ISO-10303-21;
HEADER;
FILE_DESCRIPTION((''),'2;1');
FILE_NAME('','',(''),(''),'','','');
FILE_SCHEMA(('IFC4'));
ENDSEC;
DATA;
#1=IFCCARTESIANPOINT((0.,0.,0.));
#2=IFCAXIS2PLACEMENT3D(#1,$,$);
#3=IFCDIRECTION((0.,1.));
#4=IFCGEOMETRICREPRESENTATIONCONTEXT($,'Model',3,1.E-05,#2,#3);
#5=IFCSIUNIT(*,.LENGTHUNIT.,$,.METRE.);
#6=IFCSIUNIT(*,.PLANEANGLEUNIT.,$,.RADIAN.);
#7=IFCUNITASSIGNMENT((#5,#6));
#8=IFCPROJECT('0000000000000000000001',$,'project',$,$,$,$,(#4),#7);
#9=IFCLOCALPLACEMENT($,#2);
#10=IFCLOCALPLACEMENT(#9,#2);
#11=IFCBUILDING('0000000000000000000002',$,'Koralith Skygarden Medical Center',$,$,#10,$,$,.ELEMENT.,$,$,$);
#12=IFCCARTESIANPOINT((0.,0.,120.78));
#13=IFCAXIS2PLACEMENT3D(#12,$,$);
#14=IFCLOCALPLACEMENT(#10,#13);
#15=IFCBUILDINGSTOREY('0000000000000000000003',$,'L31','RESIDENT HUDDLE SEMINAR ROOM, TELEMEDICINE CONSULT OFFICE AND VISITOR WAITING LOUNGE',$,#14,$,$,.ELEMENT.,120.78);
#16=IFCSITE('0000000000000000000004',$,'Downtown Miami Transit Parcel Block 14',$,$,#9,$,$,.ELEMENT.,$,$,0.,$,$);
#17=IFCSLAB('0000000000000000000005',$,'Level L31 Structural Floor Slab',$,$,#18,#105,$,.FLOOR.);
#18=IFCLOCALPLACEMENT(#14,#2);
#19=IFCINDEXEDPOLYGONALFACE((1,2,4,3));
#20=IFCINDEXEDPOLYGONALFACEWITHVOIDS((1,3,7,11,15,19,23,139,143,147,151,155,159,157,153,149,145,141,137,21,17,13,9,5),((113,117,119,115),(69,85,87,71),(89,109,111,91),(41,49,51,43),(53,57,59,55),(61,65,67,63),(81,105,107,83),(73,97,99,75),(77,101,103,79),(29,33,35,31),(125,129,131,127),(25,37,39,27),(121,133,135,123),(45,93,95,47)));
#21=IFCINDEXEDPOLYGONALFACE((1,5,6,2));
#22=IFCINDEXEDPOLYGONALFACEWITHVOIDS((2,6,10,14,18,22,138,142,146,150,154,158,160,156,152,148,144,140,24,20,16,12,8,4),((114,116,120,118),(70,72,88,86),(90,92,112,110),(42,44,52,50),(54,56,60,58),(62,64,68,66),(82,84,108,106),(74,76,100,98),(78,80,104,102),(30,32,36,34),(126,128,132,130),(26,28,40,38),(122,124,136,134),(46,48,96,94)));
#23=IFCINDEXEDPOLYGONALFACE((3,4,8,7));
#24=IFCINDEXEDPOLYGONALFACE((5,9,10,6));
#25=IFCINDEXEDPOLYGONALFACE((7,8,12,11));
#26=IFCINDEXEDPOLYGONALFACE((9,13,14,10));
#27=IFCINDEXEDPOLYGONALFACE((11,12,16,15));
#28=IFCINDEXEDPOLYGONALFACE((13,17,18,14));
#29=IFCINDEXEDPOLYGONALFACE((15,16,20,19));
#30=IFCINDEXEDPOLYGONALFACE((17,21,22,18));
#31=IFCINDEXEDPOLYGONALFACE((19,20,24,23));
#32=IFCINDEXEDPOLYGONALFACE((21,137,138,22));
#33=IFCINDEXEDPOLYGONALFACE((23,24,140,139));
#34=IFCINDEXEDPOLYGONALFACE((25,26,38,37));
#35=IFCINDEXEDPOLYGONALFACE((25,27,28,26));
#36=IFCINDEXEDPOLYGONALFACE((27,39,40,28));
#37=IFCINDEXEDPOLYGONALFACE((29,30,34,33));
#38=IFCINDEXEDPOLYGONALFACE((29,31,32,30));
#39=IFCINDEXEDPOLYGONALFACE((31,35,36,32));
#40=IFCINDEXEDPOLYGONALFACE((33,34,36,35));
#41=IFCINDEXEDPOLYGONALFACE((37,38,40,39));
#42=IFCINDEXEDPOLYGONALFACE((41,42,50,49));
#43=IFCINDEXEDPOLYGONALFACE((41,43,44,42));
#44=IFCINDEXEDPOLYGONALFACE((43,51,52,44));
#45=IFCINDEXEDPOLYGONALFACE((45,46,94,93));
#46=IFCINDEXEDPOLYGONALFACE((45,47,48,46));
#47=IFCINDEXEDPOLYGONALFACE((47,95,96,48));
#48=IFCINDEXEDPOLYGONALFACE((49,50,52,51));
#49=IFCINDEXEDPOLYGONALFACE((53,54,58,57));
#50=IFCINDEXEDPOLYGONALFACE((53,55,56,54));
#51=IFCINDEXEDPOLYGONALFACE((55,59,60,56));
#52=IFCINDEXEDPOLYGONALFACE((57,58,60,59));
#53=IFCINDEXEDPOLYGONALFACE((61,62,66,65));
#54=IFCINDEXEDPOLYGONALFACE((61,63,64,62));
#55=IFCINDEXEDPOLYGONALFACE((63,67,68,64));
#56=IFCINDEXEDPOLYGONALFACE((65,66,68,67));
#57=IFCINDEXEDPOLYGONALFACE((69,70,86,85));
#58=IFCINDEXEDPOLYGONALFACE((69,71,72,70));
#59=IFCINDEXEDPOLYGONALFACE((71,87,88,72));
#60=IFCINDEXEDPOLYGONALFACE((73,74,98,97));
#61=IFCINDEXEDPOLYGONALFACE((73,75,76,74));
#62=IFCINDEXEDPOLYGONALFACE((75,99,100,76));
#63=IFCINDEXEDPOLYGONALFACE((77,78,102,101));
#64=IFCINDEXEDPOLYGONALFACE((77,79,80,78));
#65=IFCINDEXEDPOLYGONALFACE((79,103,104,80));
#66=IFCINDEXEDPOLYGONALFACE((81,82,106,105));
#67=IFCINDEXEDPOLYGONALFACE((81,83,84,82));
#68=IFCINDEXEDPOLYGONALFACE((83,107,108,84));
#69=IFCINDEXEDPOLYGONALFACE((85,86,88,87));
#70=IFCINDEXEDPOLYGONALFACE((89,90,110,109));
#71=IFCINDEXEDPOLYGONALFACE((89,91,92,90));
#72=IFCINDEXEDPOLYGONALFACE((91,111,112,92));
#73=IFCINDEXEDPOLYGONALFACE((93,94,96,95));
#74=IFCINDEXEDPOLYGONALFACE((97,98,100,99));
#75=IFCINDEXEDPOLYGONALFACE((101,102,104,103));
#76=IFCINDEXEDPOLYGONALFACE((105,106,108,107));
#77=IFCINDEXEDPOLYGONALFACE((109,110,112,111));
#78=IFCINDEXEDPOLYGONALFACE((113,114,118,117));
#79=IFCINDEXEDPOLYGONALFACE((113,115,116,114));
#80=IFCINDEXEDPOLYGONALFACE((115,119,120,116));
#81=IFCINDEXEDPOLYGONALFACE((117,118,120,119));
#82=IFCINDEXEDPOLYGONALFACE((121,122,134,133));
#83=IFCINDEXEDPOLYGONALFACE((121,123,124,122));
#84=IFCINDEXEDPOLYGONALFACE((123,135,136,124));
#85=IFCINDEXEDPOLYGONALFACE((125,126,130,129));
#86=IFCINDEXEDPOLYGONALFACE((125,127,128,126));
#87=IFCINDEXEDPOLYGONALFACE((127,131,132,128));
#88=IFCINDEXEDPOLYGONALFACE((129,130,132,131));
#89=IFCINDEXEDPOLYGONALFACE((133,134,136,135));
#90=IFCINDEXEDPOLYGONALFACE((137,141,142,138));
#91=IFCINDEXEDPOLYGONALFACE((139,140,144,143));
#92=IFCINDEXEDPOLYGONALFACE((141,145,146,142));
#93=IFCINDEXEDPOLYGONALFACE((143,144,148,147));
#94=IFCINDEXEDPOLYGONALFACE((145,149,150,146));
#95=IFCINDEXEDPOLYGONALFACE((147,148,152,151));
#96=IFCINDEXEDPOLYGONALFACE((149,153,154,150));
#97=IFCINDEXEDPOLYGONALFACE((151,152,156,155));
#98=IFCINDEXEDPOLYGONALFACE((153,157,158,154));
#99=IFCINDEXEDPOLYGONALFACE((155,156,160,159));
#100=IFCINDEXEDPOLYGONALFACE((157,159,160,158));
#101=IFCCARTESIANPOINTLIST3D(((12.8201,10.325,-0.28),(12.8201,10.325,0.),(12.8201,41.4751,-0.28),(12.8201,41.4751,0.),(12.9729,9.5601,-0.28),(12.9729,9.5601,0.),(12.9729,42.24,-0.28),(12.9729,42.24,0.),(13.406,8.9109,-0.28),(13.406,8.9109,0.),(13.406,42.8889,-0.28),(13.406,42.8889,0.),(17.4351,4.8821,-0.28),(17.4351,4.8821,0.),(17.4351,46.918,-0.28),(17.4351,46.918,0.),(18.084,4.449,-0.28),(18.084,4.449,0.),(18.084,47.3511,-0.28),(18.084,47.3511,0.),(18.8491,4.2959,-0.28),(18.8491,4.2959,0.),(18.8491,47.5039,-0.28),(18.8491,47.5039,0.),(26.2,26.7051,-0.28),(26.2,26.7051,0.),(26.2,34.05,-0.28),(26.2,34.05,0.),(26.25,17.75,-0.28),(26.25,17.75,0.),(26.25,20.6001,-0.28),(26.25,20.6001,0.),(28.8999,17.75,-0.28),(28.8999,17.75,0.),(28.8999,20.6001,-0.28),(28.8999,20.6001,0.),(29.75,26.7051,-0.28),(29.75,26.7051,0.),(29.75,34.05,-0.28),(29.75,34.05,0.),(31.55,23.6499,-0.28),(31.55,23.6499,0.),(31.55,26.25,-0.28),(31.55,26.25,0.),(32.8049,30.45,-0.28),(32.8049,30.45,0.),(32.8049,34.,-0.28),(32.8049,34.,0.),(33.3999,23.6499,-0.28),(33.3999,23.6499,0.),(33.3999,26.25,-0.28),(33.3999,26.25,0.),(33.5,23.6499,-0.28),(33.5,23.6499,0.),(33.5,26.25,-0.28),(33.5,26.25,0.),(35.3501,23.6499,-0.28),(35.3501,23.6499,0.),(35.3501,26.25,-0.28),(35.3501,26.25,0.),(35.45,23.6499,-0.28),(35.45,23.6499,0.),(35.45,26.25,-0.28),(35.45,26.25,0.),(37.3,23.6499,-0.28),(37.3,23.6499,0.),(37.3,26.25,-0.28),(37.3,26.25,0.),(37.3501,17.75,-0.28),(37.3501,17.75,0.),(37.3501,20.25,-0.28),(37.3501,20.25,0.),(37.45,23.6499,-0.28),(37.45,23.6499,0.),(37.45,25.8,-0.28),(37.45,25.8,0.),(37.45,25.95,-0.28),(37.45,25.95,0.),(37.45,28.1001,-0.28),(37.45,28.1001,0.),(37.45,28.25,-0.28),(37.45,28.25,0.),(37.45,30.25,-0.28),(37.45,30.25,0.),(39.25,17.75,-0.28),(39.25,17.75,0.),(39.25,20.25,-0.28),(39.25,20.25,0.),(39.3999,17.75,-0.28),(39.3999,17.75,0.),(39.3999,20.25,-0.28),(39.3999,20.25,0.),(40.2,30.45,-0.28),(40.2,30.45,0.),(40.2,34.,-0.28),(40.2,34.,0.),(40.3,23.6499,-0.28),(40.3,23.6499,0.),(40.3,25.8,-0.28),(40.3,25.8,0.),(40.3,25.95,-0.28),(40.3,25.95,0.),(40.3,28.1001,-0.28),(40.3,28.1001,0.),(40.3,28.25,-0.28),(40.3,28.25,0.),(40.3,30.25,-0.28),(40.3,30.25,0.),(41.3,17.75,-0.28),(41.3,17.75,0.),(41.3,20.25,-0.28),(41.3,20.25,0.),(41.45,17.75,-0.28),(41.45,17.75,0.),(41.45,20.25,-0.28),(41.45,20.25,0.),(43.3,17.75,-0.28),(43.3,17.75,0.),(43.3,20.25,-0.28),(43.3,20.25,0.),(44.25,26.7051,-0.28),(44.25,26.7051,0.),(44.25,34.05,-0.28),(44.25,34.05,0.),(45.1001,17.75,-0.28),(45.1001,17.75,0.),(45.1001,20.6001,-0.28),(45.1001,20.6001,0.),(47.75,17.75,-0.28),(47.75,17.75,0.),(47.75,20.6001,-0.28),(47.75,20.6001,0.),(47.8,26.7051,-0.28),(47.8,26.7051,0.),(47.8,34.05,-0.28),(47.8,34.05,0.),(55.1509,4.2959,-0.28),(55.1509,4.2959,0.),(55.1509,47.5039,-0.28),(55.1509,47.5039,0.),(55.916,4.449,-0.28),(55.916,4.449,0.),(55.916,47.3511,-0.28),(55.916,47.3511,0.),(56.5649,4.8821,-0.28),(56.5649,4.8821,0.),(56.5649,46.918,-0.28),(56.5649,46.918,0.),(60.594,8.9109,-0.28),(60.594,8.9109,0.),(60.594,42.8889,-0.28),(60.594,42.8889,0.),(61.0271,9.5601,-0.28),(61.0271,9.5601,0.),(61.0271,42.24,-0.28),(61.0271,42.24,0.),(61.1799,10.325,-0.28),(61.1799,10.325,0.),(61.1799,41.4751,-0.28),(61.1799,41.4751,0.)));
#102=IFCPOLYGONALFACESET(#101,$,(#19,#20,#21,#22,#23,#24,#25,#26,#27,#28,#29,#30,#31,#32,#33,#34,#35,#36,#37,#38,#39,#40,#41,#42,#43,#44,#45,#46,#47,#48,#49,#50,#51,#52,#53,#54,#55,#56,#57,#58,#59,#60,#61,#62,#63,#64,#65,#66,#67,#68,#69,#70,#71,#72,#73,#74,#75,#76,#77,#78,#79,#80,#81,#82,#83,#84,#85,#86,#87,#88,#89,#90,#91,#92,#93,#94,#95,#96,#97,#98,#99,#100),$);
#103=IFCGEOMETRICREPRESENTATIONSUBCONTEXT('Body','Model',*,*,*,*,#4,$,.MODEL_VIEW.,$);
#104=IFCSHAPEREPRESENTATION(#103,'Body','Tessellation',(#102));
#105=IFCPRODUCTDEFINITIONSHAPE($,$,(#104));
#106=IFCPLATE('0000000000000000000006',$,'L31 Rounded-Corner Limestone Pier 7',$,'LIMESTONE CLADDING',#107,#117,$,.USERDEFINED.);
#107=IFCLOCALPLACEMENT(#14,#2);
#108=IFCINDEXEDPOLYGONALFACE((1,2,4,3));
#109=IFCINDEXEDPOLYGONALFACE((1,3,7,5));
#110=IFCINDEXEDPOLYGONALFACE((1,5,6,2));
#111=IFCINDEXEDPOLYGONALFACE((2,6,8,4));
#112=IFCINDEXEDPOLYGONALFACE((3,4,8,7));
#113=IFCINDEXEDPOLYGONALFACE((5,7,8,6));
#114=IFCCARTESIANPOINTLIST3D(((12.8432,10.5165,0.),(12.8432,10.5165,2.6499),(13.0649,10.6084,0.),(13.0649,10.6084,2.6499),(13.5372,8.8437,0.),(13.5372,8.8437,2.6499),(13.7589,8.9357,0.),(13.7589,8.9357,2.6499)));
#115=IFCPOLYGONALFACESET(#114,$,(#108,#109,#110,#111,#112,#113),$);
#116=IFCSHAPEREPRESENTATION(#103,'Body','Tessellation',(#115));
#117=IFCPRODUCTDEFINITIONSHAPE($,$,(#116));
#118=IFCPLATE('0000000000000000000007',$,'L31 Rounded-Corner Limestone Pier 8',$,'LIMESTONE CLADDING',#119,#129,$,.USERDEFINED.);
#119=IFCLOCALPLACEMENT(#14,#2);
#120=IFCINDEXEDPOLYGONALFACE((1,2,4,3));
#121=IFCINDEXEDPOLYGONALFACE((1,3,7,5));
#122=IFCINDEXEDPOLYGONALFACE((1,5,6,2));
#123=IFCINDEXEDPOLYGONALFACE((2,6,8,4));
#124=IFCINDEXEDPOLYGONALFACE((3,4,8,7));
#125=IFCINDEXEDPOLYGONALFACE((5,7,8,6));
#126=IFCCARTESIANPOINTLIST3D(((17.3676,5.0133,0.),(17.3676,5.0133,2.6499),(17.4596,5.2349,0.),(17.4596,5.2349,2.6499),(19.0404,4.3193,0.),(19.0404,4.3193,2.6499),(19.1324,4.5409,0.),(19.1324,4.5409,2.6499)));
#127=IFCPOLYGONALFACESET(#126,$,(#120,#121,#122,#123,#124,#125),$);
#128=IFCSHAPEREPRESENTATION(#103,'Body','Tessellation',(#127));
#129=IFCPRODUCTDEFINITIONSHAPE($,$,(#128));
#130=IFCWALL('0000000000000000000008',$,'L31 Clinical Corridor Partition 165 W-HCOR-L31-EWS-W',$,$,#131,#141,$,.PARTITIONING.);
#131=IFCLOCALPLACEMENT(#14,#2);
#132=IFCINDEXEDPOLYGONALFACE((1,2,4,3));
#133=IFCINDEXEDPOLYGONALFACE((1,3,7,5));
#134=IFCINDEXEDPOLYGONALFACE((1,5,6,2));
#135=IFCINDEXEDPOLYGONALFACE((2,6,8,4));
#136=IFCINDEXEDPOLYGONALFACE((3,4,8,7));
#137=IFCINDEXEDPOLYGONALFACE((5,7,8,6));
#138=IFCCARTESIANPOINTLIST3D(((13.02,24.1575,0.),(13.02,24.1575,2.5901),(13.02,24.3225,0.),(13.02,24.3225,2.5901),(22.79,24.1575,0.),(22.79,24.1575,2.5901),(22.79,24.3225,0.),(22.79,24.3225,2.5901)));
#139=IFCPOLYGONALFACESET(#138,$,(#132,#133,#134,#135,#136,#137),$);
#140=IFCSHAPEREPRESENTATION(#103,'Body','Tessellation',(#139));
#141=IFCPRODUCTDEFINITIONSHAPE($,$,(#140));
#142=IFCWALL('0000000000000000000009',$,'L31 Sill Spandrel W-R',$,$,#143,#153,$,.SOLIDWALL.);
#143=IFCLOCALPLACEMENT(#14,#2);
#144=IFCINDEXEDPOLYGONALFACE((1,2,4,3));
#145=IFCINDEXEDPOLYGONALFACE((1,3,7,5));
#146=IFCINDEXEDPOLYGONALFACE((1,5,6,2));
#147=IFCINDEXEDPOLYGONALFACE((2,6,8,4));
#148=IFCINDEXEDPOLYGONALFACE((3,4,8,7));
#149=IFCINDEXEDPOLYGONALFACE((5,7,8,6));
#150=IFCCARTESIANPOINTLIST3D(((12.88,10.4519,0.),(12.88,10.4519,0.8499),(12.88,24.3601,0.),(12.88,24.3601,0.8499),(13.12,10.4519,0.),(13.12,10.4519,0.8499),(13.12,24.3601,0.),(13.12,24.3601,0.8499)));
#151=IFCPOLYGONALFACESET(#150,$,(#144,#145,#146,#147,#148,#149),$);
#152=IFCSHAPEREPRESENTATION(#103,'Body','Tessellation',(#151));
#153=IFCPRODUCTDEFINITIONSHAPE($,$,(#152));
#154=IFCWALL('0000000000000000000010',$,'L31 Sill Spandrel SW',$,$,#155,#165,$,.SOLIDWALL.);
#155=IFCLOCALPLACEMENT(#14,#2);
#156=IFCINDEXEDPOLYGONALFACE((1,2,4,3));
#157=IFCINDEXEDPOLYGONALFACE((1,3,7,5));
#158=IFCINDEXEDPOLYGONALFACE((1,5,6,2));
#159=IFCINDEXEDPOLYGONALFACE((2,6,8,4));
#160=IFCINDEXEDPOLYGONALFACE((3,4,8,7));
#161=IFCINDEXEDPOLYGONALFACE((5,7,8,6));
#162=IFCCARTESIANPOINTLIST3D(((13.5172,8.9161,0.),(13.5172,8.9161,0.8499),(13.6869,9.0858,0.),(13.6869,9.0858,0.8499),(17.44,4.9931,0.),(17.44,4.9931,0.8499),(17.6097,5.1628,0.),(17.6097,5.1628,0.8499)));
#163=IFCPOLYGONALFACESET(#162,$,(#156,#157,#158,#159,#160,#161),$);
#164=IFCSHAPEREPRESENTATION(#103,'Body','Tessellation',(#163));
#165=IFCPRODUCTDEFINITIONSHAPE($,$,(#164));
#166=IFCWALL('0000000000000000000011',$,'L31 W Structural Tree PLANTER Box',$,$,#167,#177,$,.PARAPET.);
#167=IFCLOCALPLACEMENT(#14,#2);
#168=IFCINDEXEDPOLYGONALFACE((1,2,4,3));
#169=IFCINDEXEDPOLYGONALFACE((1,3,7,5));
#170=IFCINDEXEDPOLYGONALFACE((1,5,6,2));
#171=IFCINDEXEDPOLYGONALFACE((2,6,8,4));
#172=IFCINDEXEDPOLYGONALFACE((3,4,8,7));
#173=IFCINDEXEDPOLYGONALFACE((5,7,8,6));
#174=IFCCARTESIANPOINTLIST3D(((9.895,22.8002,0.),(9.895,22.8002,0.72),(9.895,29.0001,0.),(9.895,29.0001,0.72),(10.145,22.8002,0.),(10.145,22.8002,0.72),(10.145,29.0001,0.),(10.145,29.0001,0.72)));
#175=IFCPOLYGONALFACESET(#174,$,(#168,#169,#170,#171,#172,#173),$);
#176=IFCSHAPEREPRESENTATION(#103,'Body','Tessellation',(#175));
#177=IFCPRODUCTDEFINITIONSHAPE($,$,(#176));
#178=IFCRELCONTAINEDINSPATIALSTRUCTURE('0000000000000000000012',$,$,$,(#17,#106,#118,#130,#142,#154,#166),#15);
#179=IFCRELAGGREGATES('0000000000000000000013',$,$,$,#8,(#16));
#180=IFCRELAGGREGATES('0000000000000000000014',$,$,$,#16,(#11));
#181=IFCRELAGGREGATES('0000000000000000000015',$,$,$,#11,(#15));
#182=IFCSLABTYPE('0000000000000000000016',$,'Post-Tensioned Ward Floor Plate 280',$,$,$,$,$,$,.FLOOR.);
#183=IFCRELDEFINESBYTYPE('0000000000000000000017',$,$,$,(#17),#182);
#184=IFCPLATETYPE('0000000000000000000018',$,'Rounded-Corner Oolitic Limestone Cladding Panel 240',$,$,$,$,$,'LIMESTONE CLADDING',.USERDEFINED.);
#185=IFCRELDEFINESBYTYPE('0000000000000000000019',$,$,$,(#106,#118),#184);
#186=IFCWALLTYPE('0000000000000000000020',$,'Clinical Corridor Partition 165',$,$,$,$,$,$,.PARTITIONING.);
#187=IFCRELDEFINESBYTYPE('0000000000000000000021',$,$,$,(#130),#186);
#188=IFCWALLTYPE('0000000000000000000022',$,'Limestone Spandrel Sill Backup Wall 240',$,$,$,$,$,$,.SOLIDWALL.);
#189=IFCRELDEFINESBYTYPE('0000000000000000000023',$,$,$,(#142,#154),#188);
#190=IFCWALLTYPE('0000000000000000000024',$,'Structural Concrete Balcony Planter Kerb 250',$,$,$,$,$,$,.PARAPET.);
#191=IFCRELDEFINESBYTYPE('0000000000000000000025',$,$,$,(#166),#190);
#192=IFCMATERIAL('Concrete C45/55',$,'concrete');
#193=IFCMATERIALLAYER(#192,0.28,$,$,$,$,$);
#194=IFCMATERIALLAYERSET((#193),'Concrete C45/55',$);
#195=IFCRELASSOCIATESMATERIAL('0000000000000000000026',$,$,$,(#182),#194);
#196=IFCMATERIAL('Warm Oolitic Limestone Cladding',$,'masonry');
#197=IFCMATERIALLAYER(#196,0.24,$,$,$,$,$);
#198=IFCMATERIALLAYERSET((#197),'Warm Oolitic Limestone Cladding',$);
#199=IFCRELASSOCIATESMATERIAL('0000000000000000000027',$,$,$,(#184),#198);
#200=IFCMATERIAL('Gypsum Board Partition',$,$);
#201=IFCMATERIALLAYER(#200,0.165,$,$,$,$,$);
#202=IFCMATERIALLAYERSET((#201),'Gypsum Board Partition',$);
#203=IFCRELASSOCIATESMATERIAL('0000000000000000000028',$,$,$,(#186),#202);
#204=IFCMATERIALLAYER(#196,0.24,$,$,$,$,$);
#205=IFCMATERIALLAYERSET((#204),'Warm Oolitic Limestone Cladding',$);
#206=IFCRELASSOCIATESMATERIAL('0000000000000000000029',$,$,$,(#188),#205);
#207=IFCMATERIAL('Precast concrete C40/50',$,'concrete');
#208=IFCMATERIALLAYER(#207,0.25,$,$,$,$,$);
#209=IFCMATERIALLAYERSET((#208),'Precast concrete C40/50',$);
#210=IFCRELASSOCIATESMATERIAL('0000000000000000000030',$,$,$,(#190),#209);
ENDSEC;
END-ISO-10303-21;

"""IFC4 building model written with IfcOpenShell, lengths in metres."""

from ifc_helpers import new_model, si_unit, direction, frame, frame_2d, origin, origin_2d, place, context, subcontext, project, spatial, polyline, rectangle, outline, extrude, material, layer, layer_set, type_object, element, save


model = new_model("IFC4")

# Units and contexts
model_context = context("Model", 3, precision=1e-05, world=origin(), true_north=direction((0.0, 1.0)))
body_context = subcontext(model_context, "Body", "Model", "MODEL_VIEW")
ifc_project = project(units=[si_unit("LENGTHUNIT", "METRE"), si_unit("PLANEANGLEUNIT", "RADIAN")], contexts=[model_context])

# Site, building, storey
site_placement = place(None, origin())
site = spatial("IfcSite", under=ifc_project, at=site_placement, Name="Downtown Miami Transit Parcel Block 14", CompositionType="ELEMENT", RefElevation=0.0)
building_placement = place(site_placement, origin())
building = spatial("IfcBuilding", under=site, at=building_placement, Name="Koralith Skygarden Medical Center", CompositionType="ELEMENT")
storey_placement = place(building_placement, frame((0.0, 0.0, 120.78)))
storey = spatial("IfcBuildingStorey", under=building, at=storey_placement, Name="L31", Description="RESIDENT HUDDLE SEMINAR ROOM, TELEMEDICINE CONSULT OFFICE AND VISITOR WAITING LOUNGE", CompositionType="ELEMENT", Elevation=120.78)

# Shared definitions
ifc_material_1 = material(Name="Concrete C45/55", Category="concrete")

# Slab
ifc_layer_1 = layer(ifc_material_1, 0.28)
ifc_layer_set_1 = layer_set([ifc_layer_1], Name="Concrete C45/55")
slab_type_1 = type_object("IfcSlabType", Name="Post-Tensioned Ward Floor Plate 280", PredefinedType="FLOOR", material=ifc_layer_set_1)
slab_1_placement = place(storey_placement, frame((0.0, 0.0, -0.28)))
element("IfcSlab", 1, at=slab_1_placement, inside=storey, type_object=slab_type_1, Name="Level L31 Structural Floor Slab", PredefinedType="FLOOR", context=body_context, shape_type="SweptSolid", body=[
    extrude(outline(polyline([(17.4351, 4.8821), (18.084, 4.449), (18.8491, 4.2959), (55.1509, 4.2959), (55.916, 4.449), (56.5649, 4.8821), (60.594, 8.9109), (61.0271, 9.5601), (61.1799, 10.325), (61.1799, 41.4751), (61.0271, 42.24), (60.594, 42.8889), (56.5649, 46.918), (55.916, 47.3511), (55.1509, 47.5039), (18.8491, 47.5039), (18.084, 47.3511), (17.4351, 46.918), (13.406, 42.8889), (12.9729, 42.24), (12.8201, 41.4751), (12.8201, 10.325), (12.9729, 9.5601), (13.406, 8.9109), (17.4351, 4.8821)]), holes=[polyline([(26.2, 26.7051), (29.75, 26.7051), (29.75, 34.05), (26.2, 34.05), (26.2, 26.7051)]), polyline([(44.25, 26.7051), (47.8, 26.7051), (47.8, 34.05), (44.25, 34.05), (44.25, 26.7051)]), polyline([(32.8049, 30.45), (40.2, 30.45), (40.2, 34.0), (32.8049, 34.0), (32.8049, 30.45)]), polyline([(26.25, 17.75), (28.8999, 17.75), (28.8999, 20.6001), (26.25, 20.6001), (26.25, 17.75)]), polyline([(45.1001, 17.75), (47.75, 17.75), (47.75, 20.6001), (45.1001, 20.6001), (45.1001, 17.75)]), polyline([(37.3501, 17.75), (39.25, 17.75), (39.25, 20.25), (37.3501, 20.25), (37.3501, 17.75)]), polyline([(39.3999, 17.75), (41.3, 17.75), (41.3, 20.25), (39.3999, 20.25), (39.3999, 17.75)]), polyline([(41.45, 17.75), (43.3, 17.75), (43.3, 20.25), (41.45, 20.25), (41.45, 17.75)]), polyline([(31.55, 23.6499), (33.3999, 23.6499), (33.3999, 26.25), (31.55, 26.25), (31.55, 23.6499)]), polyline([(33.5, 23.6499), (35.3501, 23.6499), (35.3501, 26.25), (33.5, 26.25), (33.5, 23.6499)]), polyline([(35.45, 23.6499), (37.3, 23.6499), (37.3, 26.25), (35.45, 26.25), (35.45, 23.6499)]), polyline([(37.45, 23.6499), (40.3, 23.6499), (40.3, 25.8), (37.45, 25.8), (37.45, 23.6499)]), polyline([(37.45, 25.95), (40.3, 25.95), (40.3, 28.1001), (37.45, 28.1001), (37.45, 25.95)]), polyline([(37.45, 28.25), (40.3, 28.25), (40.3, 30.25), (37.45, 30.25), (37.45, 28.25)])]), origin(), (0.0, 0.0, 1.0), 0.28),
])

# Plates
ifc_material_2 = material(Name="Warm Oolitic Limestone Cladding", Category="masonry")
ifc_layer_2 = layer(ifc_material_2, 0.24)
ifc_layer_set_2 = layer_set([ifc_layer_2], Name="Warm Oolitic Limestone Cladding")
plate_type_1 = type_object("IfcPlateType", Name="Rounded-Corner Oolitic Limestone Cladding Panel 240", ElementType="LIMESTONE CLADDING", PredefinedType="USERDEFINED", material=ifc_layer_set_2)
for number, where, z_axis, x_axis, name in (
    (2, (13.301, 9.7261, 0.0), (0.0, 0.0, 1.0), (0.383214, -0.92366, 0.0), "L31 Rounded-Corner Limestone Pier 7"),
    (3, (18.25, 4.7771, 0.0), (0.0, 0.0, 1.0), (0.92366, -0.383214, 0.0), "L31 Rounded-Corner Limestone Pier 8"),
):
    element("IfcPlate", number, at=place(storey_placement, frame(where, z_axis=z_axis, x_axis=x_axis)), inside=storey, type_object=plate_type_1, Name=name, ObjectType="LIMESTONE CLADDING", PredefinedType="USERDEFINED", context=body_context, shape_type="SweptSolid", body=[
        extrude(rectangle(XDim=1.811, YDim=0.24, at=origin_2d()), origin(), (0.0, 0.0, 1.0), 2.6499),
    ])

# Walls
ifc_material_3 = material(Name="Gypsum Board Partition")
ifc_layer_3 = layer(ifc_material_3, 0.165)
ifc_layer_set_3 = layer_set([ifc_layer_3], Name="Gypsum Board Partition")
wall_type_1 = type_object("IfcWallType", Name="Clinical Corridor Partition 165", PredefinedType="PARTITIONING", material=ifc_layer_set_3)
wall_1_placement = place(storey_placement, frame((13.02, 24.24, 0.0), z_axis=(0.0, 0.0, 1.0), x_axis=(1.0, 0.0, 0.0)))
element("IfcWall", 4, at=wall_1_placement, inside=storey, type_object=wall_type_1, Name="L31 Clinical Corridor Partition 165 W-HCOR-L31-EWS-W", PredefinedType="PARTITIONING", context=body_context, shape_type="SweptSolid", body=[
    extrude(rectangle(XDim=9.77, YDim=0.165, at=frame_2d((4.885, 0.0))), origin(), (0.0, 0.0, 1.0), 2.5901),
])
ifc_layer_4 = layer(ifc_material_2, 0.24)
ifc_layer_set_4 = layer_set([ifc_layer_4], Name="Warm Oolitic Limestone Cladding")
wall_type_2 = type_object("IfcWallType", Name="Limestone Spandrel Sill Backup Wall 240", PredefinedType="SOLIDWALL", material=ifc_layer_set_4)
wall_2_placement = place(storey_placement, frame((13.0, 24.3601, 0.0), z_axis=(0.0, 0.0, 1.0), x_axis=(0.0, -1.0, 0.0)))
element("IfcWall", 5, at=wall_2_placement, inside=storey, type_object=wall_type_2, Name="L31 Sill Spandrel W-R", PredefinedType="SOLIDWALL", context=body_context, shape_type="SweptSolid", body=[
    extrude(rectangle(XDim=13.9082, YDim=0.24, at=frame_2d((6.9541, 0.0))), origin(), (0.0, 0.0, 1.0), 0.8499),
])
wall_3_placement = place(storey_placement, frame((13.6021, 9.001, 0.0), z_axis=(0.0, 0.0, 1.0), x_axis=(0.707085, -0.707129, 0.0)))
element("IfcWall", 6, at=wall_3_placement, inside=storey, type_object=wall_type_2, Name="L31 Sill Spandrel SW", PredefinedType="SOLIDWALL", context=body_context, shape_type="SweptSolid", body=[
    extrude(rectangle(XDim=5.5479, YDim=0.24, at=frame_2d((2.7739, 0.0))), origin(), (0.0, 0.0, 1.0), 0.8499),
])
ifc_material_4 = material(Name="Precast concrete C40/50", Category="concrete")
ifc_layer_5 = layer(ifc_material_4, 0.25)
ifc_layer_set_5 = layer_set([ifc_layer_5], Name="Precast concrete C40/50")
wall_type_3 = type_object("IfcWallType", Name="Structural Concrete Balcony Planter Kerb 250", PredefinedType="PARAPET", material=ifc_layer_set_5)
wall_4_placement = place(storey_placement, frame((10.02, 22.8, 0.0), z_axis=(0.0, 0.0, 1.0), x_axis=(0.0, 1.0, 0.0)))
element("IfcWall", 7, at=wall_4_placement, inside=storey, type_object=wall_type_3, Name="L31 W Structural Tree PLANTER Box", PredefinedType="PARAPET", context=body_context, shape_type="SweptSolid", body=[
    extrude(rectangle(XDim=6.2, YDim=0.25, at=frame_2d((3.1001, 0.0))), origin(), (0.0, 0.0, 1.0), 0.72),
])

save(model, "model.ifc")
